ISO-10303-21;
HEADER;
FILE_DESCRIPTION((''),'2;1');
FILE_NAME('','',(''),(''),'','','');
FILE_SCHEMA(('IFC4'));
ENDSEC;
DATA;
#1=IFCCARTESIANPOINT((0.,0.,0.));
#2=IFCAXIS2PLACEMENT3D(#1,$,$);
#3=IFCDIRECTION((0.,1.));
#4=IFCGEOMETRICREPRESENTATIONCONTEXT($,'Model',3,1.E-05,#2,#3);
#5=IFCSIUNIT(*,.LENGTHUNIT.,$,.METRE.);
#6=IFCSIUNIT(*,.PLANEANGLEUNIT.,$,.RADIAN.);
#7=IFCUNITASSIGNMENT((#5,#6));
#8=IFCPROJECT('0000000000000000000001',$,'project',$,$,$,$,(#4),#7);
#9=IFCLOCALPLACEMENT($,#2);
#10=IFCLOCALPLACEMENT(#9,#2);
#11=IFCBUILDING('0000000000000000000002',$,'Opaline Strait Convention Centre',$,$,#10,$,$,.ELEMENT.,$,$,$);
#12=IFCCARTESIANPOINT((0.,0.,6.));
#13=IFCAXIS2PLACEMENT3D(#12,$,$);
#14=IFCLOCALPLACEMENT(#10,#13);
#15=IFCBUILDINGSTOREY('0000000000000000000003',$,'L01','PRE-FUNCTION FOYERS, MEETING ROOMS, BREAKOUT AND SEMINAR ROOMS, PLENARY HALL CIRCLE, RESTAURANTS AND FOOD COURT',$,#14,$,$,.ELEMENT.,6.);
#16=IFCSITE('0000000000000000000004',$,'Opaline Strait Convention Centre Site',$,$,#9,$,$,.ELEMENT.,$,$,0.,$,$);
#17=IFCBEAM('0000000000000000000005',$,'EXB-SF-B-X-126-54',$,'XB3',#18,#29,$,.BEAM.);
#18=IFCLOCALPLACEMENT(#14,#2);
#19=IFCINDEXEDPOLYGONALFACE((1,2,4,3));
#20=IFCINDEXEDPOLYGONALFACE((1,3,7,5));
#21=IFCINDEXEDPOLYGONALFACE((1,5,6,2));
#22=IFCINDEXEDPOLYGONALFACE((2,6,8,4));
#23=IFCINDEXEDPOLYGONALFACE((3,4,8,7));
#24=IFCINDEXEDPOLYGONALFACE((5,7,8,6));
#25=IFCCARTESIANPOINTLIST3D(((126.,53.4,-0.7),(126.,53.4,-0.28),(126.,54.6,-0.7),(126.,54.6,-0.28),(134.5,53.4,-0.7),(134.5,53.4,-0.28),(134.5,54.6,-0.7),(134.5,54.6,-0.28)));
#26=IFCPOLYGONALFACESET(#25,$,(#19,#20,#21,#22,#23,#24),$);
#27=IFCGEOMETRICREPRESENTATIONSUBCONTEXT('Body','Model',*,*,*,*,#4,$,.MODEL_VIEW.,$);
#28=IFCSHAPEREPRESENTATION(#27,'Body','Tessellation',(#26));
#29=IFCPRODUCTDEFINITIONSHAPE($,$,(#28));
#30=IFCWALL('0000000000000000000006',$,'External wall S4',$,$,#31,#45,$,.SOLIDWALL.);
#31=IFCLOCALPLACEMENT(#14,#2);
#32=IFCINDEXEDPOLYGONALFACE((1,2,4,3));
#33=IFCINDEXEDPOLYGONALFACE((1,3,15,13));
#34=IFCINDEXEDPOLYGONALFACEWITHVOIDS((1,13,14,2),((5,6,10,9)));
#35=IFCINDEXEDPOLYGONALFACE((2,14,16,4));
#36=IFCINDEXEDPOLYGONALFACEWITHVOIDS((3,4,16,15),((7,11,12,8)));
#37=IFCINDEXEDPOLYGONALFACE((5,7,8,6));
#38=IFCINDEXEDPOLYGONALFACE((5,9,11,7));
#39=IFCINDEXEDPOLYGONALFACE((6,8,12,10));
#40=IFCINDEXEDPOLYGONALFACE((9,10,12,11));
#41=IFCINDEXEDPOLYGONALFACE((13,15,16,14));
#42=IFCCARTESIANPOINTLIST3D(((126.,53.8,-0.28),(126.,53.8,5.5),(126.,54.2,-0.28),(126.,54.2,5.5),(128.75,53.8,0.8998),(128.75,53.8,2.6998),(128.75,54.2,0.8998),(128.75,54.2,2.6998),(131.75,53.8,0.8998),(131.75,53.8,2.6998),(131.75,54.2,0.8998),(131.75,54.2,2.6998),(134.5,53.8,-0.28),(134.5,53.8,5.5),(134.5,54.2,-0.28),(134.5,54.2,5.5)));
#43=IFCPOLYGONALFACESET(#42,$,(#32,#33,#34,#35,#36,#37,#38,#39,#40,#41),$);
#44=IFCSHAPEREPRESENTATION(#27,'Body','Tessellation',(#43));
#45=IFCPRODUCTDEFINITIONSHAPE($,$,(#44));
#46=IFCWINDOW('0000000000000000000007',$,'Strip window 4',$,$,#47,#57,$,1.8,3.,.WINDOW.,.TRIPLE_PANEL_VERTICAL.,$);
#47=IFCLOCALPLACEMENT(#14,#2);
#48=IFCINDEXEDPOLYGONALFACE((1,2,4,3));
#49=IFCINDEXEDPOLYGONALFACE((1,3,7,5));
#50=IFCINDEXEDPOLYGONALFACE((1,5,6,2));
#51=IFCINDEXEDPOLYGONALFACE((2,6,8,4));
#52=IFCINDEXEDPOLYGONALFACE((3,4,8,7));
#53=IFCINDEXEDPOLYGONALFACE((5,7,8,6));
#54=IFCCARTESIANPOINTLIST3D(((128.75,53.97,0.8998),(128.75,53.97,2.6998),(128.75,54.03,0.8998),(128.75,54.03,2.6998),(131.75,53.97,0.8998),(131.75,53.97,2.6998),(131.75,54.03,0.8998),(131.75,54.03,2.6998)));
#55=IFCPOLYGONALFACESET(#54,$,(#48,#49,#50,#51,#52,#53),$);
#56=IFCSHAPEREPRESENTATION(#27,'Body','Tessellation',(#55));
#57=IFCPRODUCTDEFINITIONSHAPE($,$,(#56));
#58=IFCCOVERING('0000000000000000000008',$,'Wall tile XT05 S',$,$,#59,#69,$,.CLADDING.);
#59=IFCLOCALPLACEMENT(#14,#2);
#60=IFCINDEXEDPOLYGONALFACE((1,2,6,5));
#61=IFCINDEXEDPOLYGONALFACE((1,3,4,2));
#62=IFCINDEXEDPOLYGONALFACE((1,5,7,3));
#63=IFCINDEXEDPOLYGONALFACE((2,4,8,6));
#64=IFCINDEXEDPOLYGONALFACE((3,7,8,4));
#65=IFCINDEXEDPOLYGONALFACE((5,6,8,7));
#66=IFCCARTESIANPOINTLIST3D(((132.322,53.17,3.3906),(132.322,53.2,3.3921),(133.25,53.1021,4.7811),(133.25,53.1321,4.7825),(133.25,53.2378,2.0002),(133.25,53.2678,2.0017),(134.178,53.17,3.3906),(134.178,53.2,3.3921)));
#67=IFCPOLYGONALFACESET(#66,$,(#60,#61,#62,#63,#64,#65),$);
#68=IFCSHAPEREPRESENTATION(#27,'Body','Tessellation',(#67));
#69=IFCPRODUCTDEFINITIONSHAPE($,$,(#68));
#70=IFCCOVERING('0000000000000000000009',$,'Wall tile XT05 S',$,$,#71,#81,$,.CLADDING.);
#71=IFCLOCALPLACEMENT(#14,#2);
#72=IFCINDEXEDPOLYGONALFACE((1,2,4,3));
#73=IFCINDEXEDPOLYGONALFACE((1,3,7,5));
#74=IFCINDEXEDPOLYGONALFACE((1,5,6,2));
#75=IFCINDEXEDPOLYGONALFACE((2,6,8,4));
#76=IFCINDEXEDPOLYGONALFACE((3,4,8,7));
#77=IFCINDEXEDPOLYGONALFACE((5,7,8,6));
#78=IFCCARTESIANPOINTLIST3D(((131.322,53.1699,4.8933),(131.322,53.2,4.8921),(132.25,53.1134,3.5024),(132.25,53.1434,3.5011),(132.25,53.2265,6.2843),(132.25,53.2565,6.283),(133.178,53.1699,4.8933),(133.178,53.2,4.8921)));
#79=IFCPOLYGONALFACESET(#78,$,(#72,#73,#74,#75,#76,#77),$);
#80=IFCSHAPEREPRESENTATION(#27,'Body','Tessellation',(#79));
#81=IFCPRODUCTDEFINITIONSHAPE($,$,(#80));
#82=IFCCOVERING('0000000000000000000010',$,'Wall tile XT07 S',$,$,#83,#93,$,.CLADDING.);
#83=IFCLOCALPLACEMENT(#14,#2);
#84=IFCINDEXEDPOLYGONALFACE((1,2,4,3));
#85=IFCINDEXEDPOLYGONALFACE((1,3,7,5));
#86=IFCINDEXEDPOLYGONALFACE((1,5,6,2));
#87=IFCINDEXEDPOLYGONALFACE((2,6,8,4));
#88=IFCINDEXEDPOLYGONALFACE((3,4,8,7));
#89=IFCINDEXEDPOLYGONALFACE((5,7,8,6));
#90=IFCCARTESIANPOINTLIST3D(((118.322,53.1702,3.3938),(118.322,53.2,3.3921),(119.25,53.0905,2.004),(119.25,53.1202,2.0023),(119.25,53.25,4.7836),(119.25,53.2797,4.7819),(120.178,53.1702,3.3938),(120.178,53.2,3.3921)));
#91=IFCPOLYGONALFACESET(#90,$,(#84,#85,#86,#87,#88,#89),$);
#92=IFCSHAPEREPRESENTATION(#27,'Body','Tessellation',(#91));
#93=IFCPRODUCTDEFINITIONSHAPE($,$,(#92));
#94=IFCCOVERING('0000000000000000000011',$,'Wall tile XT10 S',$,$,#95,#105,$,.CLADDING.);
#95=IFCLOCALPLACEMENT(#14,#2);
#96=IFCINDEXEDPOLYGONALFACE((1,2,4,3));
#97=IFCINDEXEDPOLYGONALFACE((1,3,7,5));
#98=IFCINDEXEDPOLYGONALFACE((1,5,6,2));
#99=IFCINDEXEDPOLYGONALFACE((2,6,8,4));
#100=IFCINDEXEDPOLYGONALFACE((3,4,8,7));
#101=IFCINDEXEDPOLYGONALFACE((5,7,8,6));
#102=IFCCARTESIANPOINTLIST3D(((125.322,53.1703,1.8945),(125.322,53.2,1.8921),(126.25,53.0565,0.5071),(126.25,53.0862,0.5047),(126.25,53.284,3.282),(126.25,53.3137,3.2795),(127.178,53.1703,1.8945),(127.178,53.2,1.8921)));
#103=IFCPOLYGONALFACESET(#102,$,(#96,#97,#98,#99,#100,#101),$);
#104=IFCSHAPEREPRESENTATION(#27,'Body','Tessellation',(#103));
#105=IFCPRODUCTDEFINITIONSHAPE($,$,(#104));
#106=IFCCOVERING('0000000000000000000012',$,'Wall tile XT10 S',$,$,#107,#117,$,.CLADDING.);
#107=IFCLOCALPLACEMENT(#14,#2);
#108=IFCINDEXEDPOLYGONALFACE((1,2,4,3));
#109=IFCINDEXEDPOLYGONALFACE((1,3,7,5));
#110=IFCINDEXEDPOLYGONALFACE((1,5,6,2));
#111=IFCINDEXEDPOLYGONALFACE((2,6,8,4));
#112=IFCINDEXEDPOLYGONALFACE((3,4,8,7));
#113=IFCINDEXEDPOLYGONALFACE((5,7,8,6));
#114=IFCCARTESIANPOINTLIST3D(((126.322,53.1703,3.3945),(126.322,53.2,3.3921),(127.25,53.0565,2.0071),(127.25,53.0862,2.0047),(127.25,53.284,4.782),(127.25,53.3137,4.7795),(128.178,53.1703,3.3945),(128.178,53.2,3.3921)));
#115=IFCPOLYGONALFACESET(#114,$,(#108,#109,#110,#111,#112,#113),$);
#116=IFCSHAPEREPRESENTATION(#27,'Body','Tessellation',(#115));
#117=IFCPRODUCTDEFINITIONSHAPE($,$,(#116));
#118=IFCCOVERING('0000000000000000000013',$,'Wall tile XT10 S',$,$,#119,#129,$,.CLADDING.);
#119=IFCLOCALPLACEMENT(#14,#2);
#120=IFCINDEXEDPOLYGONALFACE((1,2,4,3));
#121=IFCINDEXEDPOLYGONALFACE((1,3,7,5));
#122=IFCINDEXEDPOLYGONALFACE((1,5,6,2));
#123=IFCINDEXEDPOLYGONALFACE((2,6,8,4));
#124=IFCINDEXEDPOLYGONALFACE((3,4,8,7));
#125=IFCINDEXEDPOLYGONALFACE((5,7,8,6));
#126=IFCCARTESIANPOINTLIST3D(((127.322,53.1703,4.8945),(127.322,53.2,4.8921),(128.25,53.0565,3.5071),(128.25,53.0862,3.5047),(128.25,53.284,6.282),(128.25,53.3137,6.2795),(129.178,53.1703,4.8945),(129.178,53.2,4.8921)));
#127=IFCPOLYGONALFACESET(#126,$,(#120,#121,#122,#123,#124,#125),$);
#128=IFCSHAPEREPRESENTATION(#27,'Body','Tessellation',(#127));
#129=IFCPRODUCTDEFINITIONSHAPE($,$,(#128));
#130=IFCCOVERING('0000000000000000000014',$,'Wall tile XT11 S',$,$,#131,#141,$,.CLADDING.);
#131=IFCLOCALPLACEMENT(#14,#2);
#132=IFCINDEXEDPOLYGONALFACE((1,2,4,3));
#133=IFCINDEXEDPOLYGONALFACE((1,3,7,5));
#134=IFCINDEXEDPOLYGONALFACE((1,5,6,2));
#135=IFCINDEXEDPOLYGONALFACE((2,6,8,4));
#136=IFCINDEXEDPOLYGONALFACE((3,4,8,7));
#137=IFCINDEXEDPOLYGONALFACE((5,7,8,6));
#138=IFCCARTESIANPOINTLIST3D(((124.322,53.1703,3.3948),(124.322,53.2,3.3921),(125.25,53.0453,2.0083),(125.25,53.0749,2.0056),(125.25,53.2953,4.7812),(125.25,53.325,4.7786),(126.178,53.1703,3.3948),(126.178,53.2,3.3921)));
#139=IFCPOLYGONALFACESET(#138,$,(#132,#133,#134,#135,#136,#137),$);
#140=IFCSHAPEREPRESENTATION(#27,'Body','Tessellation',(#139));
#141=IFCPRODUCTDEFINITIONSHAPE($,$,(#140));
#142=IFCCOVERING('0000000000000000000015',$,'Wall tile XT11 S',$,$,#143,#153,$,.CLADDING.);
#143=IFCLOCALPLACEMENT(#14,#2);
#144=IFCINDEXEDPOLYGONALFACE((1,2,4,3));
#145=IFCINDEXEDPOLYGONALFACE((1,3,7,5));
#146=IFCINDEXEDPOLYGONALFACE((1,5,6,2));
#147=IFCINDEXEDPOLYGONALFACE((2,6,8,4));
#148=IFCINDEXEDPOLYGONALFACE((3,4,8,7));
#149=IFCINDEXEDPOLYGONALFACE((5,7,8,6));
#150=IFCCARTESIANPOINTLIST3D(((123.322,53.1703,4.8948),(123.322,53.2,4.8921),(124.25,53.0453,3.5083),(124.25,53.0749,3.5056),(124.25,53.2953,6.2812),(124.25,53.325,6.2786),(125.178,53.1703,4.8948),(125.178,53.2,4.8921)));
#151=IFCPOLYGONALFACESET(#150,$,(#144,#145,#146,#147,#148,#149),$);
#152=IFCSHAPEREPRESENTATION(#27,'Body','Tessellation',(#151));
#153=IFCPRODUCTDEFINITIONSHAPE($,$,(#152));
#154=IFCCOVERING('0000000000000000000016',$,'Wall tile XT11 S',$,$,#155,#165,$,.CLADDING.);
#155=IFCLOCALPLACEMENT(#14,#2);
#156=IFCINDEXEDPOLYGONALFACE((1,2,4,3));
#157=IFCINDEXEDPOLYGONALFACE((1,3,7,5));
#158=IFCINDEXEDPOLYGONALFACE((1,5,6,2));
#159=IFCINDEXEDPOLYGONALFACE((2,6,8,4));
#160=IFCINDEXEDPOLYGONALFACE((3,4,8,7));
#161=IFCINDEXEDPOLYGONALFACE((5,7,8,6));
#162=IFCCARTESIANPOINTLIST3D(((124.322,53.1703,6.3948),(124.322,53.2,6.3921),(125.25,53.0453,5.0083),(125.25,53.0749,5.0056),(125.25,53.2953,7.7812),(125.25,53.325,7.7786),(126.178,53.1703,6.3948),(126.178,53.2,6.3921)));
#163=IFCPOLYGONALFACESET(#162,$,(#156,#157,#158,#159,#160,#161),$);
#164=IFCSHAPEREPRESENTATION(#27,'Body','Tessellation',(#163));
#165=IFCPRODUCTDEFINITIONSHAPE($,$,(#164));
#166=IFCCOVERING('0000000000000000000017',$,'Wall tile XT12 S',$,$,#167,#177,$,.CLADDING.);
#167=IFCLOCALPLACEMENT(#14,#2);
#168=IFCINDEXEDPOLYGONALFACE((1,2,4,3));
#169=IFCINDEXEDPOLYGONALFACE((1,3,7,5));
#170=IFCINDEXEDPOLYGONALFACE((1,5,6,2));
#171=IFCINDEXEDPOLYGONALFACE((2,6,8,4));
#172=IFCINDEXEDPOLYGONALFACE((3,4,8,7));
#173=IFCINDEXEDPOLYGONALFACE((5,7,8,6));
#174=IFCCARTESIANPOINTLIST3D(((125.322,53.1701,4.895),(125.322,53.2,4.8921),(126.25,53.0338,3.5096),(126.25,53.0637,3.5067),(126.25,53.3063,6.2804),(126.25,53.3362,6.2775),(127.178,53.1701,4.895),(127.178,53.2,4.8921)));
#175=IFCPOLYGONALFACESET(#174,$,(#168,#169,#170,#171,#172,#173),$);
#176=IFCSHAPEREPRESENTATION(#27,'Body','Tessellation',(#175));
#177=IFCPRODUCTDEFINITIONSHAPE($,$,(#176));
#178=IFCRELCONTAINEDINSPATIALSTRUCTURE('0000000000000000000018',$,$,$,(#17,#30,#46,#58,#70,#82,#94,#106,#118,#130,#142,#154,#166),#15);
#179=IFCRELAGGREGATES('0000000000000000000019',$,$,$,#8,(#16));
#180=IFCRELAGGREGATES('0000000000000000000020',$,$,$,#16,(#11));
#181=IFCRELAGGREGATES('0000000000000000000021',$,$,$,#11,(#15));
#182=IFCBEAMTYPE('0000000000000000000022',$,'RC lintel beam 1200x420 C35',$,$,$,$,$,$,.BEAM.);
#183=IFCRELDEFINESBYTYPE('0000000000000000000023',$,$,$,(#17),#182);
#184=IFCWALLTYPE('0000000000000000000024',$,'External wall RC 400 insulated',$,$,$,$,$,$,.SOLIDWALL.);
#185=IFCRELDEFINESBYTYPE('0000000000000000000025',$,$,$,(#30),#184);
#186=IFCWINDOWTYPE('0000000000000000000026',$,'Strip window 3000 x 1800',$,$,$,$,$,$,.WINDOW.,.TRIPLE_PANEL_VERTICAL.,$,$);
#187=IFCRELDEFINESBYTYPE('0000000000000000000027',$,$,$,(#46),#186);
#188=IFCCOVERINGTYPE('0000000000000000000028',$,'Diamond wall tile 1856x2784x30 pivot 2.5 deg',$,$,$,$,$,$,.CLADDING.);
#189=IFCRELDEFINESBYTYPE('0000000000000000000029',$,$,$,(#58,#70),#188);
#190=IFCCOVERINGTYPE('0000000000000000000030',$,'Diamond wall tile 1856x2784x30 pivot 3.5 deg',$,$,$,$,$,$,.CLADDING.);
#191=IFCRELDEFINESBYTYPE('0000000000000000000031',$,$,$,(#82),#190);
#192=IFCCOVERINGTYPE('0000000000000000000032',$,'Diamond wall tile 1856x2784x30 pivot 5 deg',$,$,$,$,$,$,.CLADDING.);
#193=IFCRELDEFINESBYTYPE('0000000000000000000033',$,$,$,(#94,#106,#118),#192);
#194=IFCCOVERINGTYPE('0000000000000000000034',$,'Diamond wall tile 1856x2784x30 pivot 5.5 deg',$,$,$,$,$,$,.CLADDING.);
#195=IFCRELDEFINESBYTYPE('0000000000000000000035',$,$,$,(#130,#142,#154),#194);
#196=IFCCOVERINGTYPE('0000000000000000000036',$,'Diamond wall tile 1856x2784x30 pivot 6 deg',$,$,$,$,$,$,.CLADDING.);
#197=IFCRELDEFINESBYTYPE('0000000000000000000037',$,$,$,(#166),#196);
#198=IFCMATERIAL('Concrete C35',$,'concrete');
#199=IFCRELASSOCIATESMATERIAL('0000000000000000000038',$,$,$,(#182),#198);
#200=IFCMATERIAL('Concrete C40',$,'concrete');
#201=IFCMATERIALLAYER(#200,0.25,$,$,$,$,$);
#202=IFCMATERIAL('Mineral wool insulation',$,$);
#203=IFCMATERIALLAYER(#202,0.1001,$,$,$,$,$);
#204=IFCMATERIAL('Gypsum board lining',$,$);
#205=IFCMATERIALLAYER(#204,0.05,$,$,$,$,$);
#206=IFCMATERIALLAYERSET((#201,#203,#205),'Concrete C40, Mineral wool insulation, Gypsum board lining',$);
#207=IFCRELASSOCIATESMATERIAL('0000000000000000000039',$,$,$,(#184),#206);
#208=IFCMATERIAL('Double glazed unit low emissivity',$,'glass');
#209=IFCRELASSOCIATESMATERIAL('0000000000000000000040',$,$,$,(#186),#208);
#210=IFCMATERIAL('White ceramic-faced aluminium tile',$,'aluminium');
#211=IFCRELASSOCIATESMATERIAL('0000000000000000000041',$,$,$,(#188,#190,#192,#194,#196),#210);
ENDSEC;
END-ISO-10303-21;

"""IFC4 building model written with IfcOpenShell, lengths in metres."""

from ifc_helpers import new_model, si_unit, direction, frame, frame_2d, origin, origin_2d, place, context, subcontext, project, spatial, polyline, rectangle, outline, extrude, material, layer, layer_set, material_profile, profile_set, type_object, element, fill, save


model = new_model("IFC4")

# Units and contexts
model_context = context("Model", 3, precision=1e-05, world=origin(), true_north=direction((0.0, 1.0)))
body_context = subcontext(model_context, "Body", "Model", "MODEL_VIEW")
ifc_project = project(units=[si_unit("LENGTHUNIT", "METRE"), si_unit("PLANEANGLEUNIT", "RADIAN")], contexts=[model_context])

# Site, building, storey
site_placement = place(None, origin())
site = spatial("IfcSite", under=ifc_project, at=site_placement, Name="Opaline Strait Convention Centre Site", CompositionType="ELEMENT", RefElevation=0.0)
building_placement = place(site_placement, origin())
building = spatial("IfcBuilding", under=site, at=building_placement, Name="Opaline Strait Convention Centre", CompositionType="ELEMENT")
storey_placement = place(building_placement, frame((0.0, 0.0, 6.0)))
storey = spatial("IfcBuildingStorey", under=building, at=storey_placement, Name="L01", Description="PRE-FUNCTION FOYERS, MEETING ROOMS, BREAKOUT AND SEMINAR ROOMS, PLENARY HALL CIRCLE, RESTAURANTS AND FOOD COURT", CompositionType="ELEMENT", Elevation=6.0)

# Beam
ifc_material_1 = material(Name="Concrete C35", Category="concrete")
ifc_material_profile_1 = material_profile(ifc_material_1, rectangle(XDim=1.2, YDim=0.4199, at=origin_2d()), Name="RC 1200x420")
ifc_profile_set_1 = profile_set([ifc_material_profile_1], Name="Concrete C35")
beam_type = type_object("IfcBeamType", Name="RC lintel beam 1200x420 C35", PredefinedType="BEAM", material=ifc_profile_set_1)
beam_placement = place(storey_placement, frame((126.0, 54.0, -0.49), z_axis=(1.0, 0.0, 0.0), x_axis=(0.0, 1.0, 0.0)))
element("IfcBeam", 1, at=beam_placement, inside=storey, type_object=beam_type, Name="EXB-SF-B-X-126-54", ObjectType="XB3", PredefinedType="BEAM", context=body_context, shape_type="SweptSolid", body=[
    extrude(rectangle(XDim=1.2, YDim=0.4199, at=origin_2d()), origin(), (0.0, 0.0, 1.0), 8.5),
])

# Wall, opening, window
ifc_material_2 = material(Name="Concrete C40", Category="concrete")
ifc_layer_1 = layer(ifc_material_2, 0.25)
ifc_material_3 = material(Name="Mineral wool insulation")
ifc_layer_2 = layer(ifc_material_3, 0.1001)
ifc_material_4 = material(Name="Gypsum board lining")
ifc_layer_3 = layer(ifc_material_4, 0.05)
ifc_layer_set = layer_set([ifc_layer_1, ifc_layer_2, ifc_layer_3], Name="Concrete C40, Mineral wool insulation, Gypsum board lining")
wall_type = type_object("IfcWallType", Name="External wall RC 400 insulated", PredefinedType="SOLIDWALL", material=ifc_layer_set)
wall_placement = place(storey_placement, frame((126.0, 54.0, -0.28), z_axis=(0.0, 0.0, 1.0), x_axis=(1.0, 0.0, 0.0)))
wall = element("IfcWall", 2, at=wall_placement, inside=storey, type_object=wall_type, Name="External wall S4", PredefinedType="SOLIDWALL", context=body_context, shape_type="SweptSolid", body=[
    extrude(rectangle(XDim=8.5, YDim=0.3999, at=frame_2d((4.25, 0.0))), origin(), (0.0, 0.0, 1.0), 5.78),
])
opening_placement = place(wall_placement, frame((2.75, 0.0, 1.1799)))
opening = element("IfcOpeningElement", 3, at=opening_placement, cuts=wall, PredefinedType="OPENING", context=body_context, shape_type="SweptSolid", body=[
    extrude(rectangle(XDim=3.0, YDim=1.8, at=frame_2d((1.5, 0.8999))), frame((0.0, 0.21, 0.0), z_axis=(0.0, -1.0, 0.0), x_axis=(1.0, 0.0, 0.0)), (0.0, 0.0, 1.0), 0.4199),
])
ifc_material_5 = material(Name="Double glazed unit low emissivity", Category="glass")
window_type = type_object("IfcWindowType", Name="Strip window 3000 x 1800", PartitioningType="TRIPLE_PANEL_VERTICAL", PredefinedType="WINDOW", material=ifc_material_5)
window_placement = place(opening_placement, origin())
window = element("IfcWindow", 4, at=window_placement, inside=storey, type_object=window_type, Name="Strip window 4", OverallHeight=1.8, OverallWidth=3.0, PartitioningType="TRIPLE_PANEL_VERTICAL", PredefinedType="WINDOW", context=body_context, shape_type="SweptSolid", body=[
    extrude(rectangle(XDim=3.0, YDim=1.8, at=frame_2d((1.5, 0.8999))), frame((0.0, 0.03, 0.0), z_axis=(0.0, -1.0, 0.0), x_axis=(1.0, 0.0, 0.0)), (0.0, 0.0, 1.0), 0.0601),
])
fill(opening, window)

# Coverings
ifc_material_6 = material(Name="White ceramic-faced aluminium tile", Category="aluminium")
ifc_material_profile_2 = material_profile(ifc_material_6, outline(polyline([(0.928, 0.0), (0.0, 1.3921), (-0.928, 0.0), (0.0, -1.3921), (0.928, 0.0)])), Name="Diamond tile 1856x2784")
ifc_profile_set_2 = profile_set([ifc_material_profile_2], Name="White ceramic-faced aluminium tile")
covering_type_1 = type_object("IfcCoveringType", Name="Diamond wall tile 1856x2784x30 pivot 2.5 deg", PredefinedType="CLADDING", material=ifc_profile_set_2)
for number, where, z_axis, x_axis, name in (
    (5, (133.25, 53.2, 3.3921), (0.0, -0.998812, -0.048723), (1.0, 0.0, 0.0), "Wall tile XT05 S"),
    (6, (132.25, 53.2, 4.8921), (0.0, -0.999175, 0.040617), (1.0, 0.0, 0.0), "Wall tile XT05 S"),
):
    element("IfcCovering", number, at=place(storey_placement, frame(where, z_axis=z_axis, x_axis=x_axis)), inside=storey, type_object=covering_type_1, Name=name, PredefinedType="CLADDING", context=body_context, shape_type="SweptSolid", body=[
        extrude(outline(polyline([(0.928, 0.0), (0.0, 1.3921), (-0.928, 0.0), (0.0, -1.3921), (0.928, 0.0)])), origin(), (0.0, 0.0, 1.0), 0.03),
    ])
ifc_material_profile_3 = material_profile(ifc_material_6, outline(polyline([(0.928, 0.0), (0.0, 1.3921), (-0.928, 0.0), (0.0, -1.3921), (0.928, 0.0)])), Name="Diamond tile 1856x2784")
ifc_profile_set_3 = profile_set([ifc_material_profile_3], Name="White ceramic-faced aluminium tile")
covering_type_2 = type_object("IfcCoveringType", Name="Diamond wall tile 1856x2784x30 pivot 3.5 deg", PredefinedType="CLADDING", material=ifc_profile_set_3)
covering_placement = place(storey_placement, frame((119.25, 53.2, 3.3921), z_axis=(0.0, -0.998358, 0.057283), x_axis=(1.0, 0.0, 0.0)))
element("IfcCovering", 7, at=covering_placement, inside=storey, type_object=covering_type_2, Name="Wall tile XT07 S", PredefinedType="CLADDING", context=body_context, shape_type="SweptSolid", body=[
    extrude(outline(polyline([(0.928, 0.0), (0.0, 1.3921), (-0.928, 0.0), (0.0, -1.3921), (0.928, 0.0)])), origin(), (0.0, 0.0, 1.0), 0.0298),
])
ifc_material_profile_4 = material_profile(ifc_material_6, outline(polyline([(0.928, 0.0), (0.0, 1.3921), (-0.928, 0.0), (0.0, -1.3921), (0.928, 0.0)])), Name="Diamond tile 1856x2784")
ifc_profile_set_4 = profile_set([ifc_material_profile_4], Name="White ceramic-faced aluminium tile")
covering_type_3 = type_object("IfcCoveringType", Name="Diamond wall tile 1856x2784x30 pivot 5 deg", PredefinedType="CLADDING", material=ifc_profile_set_4)
for number, where, z_axis, x_axis, name in (
    (8, (126.25, 53.2, 1.8921), (0.0, -0.996658, 0.081693), (1.0, 0.0, 0.0), "Wall tile XT10 S"),
    (9, (127.25, 53.2, 3.3921), (0.0, -0.996658, 0.081693), (1.0, 0.0, 0.0), "Wall tile XT10 S"),
    (10, (128.25, 53.2, 4.8921), (0.0, -0.996658, 0.081693), (1.0, 0.0, 0.0), "Wall tile XT10 S"),
):
    element("IfcCovering", number, at=place(storey_placement, frame(where, z_axis=z_axis, x_axis=x_axis)), inside=storey, type_object=covering_type_3, Name=name, PredefinedType="CLADDING", context=body_context, shape_type="SweptSolid", body=[
        extrude(outline(polyline([(0.928, 0.0), (0.0, 1.3921), (-0.928, 0.0), (0.0, -1.3921), (0.928, 0.0)])), origin(), (0.0, 0.0, 1.0), 0.0298),
    ])
ifc_material_profile_5 = material_profile(ifc_material_6, outline(polyline([(0.928, 0.0), (0.0, 1.3921), (-0.928, 0.0), (0.0, -1.3921), (0.928, 0.0)])), Name="Diamond tile 1856x2784")
ifc_profile_set_5 = profile_set([ifc_material_profile_5], Name="White ceramic-faced aluminium tile")
covering_type_4 = type_object("IfcCoveringType", Name="Diamond wall tile 1856x2784x30 pivot 5.5 deg", PredefinedType="CLADDING", material=ifc_profile_set_5)
for number, where, z_axis, x_axis, name in (
    (11, (125.25, 53.2, 3.3921), (0.0, -0.99596, 0.0898), (1.0, 0.0, 0.0), "Wall tile XT11 S"),
    (12, (124.25, 53.2, 4.8921), (0.0, -0.99596, 0.0898), (1.0, 0.0, 0.0), "Wall tile XT11 S"),
    (13, (125.25, 53.2, 6.3921), (0.0, -0.99596, 0.0898), (1.0, 0.0, 0.0), "Wall tile XT11 S"),
):
    element("IfcCovering", number, at=place(storey_placement, frame(where, z_axis=z_axis, x_axis=x_axis)), inside=storey, type_object=covering_type_4, Name=name, PredefinedType="CLADDING", context=body_context, shape_type="SweptSolid", body=[
        extrude(outline(polyline([(0.928, 0.0), (0.0, 1.3921), (-0.928, 0.0), (0.0, -1.3921), (0.928, 0.0)])), origin(), (0.0, 0.0, 1.0), 0.0298),
    ])
ifc_material_profile_6 = material_profile(ifc_material_6, outline(polyline([(0.928, 0.0), (0.0, 1.3921), (-0.928, 0.0), (0.0, -1.3921), (0.928, 0.0)])), Name="Diamond tile 1856x2784")
ifc_profile_set_6 = profile_set([ifc_material_profile_6], Name="White ceramic-faced aluminium tile")
covering_type_5 = type_object("IfcCoveringType", Name="Diamond wall tile 1856x2784x30 pivot 6 deg", PredefinedType="CLADDING", material=ifc_profile_set_6)
for number, where, z_axis, x_axis, name in (
    (14, (126.25, 53.2, 4.8921), (0.0, -0.995197, 0.097888), (1.0, 0.0, 0.0), "Wall tile XT12 S"),
):
    element("IfcCovering", number, at=place(storey_placement, frame(where, z_axis=z_axis, x_axis=x_axis)), inside=storey, type_object=covering_type_5, Name=name, PredefinedType="CLADDING", context=body_context, shape_type="SweptSolid", body=[
        extrude(outline(polyline([(0.928, 0.0), (0.0, 1.3921), (-0.928, 0.0), (0.0, -1.3921), (0.928, 0.0)])), origin(), (0.0, 0.0, 1.0), 0.03),
    ])

save(model, "model.ifc")
